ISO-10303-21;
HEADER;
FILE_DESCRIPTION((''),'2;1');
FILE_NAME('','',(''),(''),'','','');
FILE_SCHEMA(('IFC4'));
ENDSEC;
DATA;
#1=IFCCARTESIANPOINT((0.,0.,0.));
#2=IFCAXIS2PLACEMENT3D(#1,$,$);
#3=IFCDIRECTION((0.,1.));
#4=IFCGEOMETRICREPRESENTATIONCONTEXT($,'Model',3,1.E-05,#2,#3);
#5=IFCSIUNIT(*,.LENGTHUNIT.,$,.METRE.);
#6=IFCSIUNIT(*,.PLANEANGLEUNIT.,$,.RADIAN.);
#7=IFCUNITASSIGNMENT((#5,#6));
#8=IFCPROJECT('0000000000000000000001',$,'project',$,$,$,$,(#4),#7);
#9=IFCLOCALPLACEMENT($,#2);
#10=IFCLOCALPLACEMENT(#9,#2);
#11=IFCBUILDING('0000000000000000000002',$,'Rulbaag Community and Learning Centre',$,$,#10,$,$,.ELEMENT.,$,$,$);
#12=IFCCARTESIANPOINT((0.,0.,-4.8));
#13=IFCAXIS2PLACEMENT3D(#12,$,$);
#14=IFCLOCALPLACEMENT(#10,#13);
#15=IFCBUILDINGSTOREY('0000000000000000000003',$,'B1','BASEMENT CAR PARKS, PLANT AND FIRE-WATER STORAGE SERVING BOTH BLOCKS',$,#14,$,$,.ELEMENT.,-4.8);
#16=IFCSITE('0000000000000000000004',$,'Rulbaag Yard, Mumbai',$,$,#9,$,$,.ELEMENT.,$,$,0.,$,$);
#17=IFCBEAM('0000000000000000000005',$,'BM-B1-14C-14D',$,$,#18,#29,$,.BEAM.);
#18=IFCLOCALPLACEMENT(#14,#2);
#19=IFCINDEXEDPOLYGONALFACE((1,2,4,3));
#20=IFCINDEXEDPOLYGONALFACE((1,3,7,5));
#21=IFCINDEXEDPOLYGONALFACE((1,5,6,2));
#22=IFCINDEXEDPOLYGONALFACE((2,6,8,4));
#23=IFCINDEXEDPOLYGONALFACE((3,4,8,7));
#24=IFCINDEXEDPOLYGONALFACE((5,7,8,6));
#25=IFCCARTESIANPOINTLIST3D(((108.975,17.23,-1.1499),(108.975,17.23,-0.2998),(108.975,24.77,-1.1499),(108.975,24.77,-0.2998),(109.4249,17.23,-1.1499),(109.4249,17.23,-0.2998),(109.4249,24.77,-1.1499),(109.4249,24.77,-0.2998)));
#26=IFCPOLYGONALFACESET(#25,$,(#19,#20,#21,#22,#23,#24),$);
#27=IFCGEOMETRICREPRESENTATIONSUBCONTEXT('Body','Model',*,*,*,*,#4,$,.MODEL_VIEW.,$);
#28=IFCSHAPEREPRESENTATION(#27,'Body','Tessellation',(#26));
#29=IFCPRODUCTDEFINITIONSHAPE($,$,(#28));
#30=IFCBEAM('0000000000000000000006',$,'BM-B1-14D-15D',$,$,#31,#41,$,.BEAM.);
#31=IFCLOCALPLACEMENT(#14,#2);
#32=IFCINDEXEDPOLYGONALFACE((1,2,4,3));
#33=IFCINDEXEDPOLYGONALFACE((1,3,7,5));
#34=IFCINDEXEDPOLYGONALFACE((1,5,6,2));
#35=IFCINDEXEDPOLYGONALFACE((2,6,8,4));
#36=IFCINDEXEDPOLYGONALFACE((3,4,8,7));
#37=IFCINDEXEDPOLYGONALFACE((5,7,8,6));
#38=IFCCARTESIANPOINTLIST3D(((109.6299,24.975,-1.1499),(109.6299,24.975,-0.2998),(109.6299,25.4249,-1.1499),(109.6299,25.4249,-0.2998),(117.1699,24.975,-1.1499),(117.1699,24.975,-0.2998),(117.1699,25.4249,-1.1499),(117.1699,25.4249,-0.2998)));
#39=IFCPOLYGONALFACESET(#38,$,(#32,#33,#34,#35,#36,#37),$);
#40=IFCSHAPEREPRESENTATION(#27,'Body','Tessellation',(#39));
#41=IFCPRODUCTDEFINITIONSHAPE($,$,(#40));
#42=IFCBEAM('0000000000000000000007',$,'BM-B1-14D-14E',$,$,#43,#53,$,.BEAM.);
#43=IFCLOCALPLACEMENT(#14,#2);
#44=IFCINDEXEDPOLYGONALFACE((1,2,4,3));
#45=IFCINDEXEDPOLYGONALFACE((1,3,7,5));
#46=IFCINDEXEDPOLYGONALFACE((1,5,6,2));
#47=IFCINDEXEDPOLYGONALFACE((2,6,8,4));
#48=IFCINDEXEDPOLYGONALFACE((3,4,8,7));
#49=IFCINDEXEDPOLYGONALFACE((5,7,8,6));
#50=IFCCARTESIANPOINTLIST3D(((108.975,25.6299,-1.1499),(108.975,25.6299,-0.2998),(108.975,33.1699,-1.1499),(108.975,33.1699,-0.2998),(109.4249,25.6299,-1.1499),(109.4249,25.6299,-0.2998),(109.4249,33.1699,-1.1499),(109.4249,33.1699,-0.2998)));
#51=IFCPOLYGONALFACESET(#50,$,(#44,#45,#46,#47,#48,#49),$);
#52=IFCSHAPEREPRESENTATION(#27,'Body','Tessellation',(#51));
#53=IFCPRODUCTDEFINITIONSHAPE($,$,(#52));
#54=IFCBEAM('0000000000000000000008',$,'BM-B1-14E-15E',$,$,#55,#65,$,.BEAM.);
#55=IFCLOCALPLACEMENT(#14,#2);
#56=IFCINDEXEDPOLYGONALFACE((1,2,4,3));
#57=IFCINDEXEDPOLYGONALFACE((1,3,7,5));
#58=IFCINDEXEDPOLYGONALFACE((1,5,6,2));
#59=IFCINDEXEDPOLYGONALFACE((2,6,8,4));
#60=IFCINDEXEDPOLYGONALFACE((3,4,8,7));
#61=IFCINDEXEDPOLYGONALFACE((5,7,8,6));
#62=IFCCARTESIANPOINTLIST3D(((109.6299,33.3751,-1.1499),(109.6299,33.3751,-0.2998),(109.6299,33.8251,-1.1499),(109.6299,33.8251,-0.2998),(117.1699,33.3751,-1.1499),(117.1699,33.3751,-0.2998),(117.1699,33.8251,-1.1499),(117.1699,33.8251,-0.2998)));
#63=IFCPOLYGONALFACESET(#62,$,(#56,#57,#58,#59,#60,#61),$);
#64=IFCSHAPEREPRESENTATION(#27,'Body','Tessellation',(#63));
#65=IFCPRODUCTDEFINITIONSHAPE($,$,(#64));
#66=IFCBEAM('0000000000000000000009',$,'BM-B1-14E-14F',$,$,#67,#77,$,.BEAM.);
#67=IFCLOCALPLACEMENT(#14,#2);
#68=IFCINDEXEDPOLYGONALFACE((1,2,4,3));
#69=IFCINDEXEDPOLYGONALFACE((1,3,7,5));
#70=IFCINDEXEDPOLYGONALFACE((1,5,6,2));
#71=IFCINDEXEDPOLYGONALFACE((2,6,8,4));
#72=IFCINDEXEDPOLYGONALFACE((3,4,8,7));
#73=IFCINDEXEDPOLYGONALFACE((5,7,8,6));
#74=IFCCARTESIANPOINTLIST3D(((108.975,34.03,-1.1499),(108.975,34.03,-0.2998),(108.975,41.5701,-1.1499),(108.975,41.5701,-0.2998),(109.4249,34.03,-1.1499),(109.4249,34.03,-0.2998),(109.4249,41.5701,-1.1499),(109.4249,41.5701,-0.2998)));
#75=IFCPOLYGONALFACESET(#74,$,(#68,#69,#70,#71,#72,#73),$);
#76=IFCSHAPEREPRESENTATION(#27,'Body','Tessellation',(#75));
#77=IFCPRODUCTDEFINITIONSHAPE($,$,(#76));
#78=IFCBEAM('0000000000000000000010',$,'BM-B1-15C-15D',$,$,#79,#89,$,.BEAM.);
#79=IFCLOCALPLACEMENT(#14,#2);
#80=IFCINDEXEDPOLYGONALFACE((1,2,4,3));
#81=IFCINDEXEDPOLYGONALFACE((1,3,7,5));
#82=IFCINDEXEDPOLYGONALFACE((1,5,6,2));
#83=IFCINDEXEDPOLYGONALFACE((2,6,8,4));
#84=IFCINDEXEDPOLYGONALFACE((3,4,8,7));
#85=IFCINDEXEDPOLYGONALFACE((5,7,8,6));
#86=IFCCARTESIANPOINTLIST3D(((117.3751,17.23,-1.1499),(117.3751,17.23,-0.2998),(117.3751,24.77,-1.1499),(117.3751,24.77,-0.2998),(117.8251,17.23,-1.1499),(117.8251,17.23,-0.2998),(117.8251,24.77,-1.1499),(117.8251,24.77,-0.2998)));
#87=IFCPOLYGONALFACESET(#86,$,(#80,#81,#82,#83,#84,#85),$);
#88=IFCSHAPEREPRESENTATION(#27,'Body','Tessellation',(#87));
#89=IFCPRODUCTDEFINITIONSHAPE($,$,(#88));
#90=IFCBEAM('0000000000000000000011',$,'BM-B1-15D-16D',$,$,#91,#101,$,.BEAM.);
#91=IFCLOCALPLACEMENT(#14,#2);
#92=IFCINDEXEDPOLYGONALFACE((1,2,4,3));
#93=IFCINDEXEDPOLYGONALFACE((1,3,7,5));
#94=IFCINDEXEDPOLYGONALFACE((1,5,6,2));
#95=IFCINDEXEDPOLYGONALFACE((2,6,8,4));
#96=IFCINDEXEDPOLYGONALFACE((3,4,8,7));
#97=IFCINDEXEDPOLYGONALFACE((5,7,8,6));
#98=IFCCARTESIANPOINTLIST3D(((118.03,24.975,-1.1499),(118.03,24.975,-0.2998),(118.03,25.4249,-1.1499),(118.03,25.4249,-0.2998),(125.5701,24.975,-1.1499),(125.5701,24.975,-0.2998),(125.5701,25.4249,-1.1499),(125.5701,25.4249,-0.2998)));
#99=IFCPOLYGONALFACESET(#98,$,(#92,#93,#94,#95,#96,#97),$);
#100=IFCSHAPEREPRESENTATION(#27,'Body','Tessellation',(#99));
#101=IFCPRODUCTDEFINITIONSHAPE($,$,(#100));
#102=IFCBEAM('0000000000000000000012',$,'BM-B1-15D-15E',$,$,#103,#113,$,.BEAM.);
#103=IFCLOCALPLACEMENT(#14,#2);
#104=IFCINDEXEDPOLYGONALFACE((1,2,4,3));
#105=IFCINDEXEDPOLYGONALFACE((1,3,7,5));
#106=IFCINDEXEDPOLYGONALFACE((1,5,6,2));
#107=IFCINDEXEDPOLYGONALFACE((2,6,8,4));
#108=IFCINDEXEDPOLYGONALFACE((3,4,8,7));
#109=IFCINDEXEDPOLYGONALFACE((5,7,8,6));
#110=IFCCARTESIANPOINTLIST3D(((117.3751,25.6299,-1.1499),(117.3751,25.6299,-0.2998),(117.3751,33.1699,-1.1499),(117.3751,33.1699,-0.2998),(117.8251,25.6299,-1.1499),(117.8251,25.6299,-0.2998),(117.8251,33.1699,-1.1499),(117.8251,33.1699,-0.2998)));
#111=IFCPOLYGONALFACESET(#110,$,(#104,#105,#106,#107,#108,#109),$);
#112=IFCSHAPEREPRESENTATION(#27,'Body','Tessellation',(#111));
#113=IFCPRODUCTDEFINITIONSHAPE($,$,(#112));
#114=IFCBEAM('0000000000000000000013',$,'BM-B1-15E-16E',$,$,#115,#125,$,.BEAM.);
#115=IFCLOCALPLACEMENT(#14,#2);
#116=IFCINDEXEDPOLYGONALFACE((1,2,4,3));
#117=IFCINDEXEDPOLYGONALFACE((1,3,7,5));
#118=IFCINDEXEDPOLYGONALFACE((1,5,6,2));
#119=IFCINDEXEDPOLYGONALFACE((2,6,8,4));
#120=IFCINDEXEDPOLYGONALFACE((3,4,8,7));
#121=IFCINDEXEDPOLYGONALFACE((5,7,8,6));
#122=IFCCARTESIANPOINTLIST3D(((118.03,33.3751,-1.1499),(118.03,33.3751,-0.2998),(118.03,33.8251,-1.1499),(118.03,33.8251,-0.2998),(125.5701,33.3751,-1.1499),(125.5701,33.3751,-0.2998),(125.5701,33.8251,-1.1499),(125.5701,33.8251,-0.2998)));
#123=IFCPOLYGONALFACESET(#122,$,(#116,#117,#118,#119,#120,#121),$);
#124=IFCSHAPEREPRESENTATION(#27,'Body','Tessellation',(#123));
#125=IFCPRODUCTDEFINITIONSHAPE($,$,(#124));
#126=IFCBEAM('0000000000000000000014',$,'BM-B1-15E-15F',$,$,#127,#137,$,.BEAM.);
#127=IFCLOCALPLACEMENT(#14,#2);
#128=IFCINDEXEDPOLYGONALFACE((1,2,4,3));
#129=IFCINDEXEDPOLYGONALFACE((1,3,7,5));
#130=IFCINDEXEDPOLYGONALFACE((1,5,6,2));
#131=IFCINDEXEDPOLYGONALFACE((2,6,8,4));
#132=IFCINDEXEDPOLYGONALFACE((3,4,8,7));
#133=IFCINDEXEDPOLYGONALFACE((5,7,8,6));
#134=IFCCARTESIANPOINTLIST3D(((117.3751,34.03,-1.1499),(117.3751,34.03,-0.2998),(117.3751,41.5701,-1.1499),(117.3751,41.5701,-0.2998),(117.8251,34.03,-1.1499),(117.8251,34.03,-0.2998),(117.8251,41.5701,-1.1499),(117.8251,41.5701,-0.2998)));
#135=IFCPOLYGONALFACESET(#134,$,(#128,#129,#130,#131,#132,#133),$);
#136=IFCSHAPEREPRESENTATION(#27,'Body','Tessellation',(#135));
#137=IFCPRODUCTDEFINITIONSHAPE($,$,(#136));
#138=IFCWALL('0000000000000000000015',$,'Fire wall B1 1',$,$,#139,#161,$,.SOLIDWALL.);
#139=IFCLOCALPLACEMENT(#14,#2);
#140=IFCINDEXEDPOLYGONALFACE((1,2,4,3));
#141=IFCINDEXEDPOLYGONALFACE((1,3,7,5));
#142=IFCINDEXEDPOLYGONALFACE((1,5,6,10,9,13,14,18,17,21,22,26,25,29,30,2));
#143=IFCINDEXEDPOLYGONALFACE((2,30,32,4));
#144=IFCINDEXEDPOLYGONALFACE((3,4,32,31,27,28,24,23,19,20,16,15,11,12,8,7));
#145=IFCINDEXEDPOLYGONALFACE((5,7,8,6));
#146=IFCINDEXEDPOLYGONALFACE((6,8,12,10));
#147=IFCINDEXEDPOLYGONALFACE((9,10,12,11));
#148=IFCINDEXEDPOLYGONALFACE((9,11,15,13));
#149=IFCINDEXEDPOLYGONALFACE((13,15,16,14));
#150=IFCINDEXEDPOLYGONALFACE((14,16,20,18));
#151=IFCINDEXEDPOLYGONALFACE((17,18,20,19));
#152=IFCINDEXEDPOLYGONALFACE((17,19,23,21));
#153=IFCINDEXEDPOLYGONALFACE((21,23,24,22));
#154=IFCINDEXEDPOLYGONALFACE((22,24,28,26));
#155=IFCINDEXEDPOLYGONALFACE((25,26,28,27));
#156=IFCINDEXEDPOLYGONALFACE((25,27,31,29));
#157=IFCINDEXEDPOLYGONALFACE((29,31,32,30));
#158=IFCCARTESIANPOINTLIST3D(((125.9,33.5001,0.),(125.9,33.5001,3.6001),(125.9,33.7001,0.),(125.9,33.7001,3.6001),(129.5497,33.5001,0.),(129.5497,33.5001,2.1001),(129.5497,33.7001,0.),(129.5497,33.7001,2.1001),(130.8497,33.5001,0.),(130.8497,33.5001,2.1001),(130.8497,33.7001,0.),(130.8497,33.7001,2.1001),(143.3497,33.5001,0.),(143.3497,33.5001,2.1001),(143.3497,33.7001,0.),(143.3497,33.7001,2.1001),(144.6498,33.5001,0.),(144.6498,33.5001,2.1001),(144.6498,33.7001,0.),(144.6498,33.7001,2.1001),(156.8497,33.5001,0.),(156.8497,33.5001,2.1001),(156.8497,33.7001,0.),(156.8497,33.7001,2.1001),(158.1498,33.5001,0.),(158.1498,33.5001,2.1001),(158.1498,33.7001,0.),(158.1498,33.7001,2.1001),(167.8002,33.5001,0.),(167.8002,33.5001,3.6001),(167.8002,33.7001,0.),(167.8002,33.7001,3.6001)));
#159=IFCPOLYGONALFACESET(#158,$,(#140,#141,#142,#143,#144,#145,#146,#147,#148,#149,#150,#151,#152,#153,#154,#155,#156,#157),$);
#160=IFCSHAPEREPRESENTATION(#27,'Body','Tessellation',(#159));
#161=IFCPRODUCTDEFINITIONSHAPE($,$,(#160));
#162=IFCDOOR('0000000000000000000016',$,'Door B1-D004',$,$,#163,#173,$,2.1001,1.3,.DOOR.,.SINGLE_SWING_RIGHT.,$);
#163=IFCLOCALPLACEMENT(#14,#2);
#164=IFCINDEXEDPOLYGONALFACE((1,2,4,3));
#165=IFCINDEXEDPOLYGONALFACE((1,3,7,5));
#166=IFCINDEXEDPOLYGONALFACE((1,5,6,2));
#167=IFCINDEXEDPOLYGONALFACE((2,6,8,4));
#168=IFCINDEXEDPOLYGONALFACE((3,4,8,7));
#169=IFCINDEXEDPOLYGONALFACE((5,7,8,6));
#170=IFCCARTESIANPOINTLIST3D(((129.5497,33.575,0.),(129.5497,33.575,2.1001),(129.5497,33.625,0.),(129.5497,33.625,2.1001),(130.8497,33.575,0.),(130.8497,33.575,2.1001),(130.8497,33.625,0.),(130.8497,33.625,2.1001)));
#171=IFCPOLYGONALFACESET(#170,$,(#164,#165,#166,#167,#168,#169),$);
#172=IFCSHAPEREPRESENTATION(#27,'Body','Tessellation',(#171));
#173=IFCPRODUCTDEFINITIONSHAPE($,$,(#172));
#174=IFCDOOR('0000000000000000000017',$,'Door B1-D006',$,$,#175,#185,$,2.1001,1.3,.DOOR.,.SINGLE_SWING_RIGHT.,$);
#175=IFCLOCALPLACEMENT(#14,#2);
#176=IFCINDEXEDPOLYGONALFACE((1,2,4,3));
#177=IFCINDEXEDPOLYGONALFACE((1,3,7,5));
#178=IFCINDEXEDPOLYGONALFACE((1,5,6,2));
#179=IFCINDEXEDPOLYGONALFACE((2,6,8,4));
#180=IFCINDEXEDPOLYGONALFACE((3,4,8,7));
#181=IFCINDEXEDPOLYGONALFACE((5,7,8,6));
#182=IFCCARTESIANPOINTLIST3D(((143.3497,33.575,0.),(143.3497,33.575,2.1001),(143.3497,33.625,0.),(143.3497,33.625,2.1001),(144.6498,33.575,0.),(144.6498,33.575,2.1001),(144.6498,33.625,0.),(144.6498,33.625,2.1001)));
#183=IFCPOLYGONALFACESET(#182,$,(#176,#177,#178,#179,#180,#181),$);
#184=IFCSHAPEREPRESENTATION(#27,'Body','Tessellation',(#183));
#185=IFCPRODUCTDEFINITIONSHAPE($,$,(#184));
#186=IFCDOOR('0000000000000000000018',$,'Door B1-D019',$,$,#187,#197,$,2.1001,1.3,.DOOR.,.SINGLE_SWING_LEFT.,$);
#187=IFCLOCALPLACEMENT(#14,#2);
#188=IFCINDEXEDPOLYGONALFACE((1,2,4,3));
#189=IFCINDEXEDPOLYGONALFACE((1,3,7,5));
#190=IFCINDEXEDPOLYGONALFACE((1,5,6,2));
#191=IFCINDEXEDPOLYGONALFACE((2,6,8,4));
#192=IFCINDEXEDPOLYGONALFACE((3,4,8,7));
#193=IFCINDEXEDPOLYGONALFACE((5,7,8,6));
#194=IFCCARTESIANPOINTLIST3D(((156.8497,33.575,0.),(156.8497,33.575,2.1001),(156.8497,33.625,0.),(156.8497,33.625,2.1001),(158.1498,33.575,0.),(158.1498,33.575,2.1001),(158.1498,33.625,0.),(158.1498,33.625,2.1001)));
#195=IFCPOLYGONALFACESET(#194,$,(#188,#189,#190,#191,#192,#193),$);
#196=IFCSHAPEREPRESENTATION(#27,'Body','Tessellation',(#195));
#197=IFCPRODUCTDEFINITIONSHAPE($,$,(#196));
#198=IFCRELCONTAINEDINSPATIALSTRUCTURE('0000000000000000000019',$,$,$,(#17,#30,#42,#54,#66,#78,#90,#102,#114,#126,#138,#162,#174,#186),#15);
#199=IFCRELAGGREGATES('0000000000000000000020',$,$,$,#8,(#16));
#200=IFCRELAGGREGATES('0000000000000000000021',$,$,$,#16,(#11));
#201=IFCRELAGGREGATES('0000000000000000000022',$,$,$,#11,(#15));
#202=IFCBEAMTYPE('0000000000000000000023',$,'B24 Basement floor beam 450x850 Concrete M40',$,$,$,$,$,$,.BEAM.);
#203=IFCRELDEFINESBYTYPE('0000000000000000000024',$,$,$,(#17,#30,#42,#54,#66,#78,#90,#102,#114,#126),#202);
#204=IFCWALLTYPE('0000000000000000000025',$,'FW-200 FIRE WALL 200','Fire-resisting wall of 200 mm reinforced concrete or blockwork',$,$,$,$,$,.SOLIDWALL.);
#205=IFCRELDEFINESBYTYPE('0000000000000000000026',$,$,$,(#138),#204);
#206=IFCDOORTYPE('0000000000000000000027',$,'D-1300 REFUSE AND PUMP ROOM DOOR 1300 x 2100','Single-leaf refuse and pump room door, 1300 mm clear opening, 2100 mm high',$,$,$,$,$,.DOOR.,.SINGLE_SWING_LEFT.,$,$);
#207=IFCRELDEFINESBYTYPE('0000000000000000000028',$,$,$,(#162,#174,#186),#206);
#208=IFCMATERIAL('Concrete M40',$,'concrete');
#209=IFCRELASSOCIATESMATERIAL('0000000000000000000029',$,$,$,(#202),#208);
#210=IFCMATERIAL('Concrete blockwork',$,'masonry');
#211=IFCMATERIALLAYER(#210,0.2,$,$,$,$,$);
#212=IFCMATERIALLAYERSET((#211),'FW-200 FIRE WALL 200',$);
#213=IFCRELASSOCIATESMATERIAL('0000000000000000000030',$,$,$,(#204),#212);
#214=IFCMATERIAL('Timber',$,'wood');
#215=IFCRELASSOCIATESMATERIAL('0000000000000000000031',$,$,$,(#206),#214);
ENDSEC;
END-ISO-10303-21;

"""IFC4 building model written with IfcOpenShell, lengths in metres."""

from ifc_helpers import new_model, si_unit, direction, frame, frame_2d, origin, origin_2d, place, context, subcontext, project, spatial, rectangle, extrude, material, layer, layer_set, material_profile, profile_set, type_object, element, fill, save


model = new_model("IFC4")

# Units and contexts
model_context = context("Model", 3, precision=1e-05, world=origin(), true_north=direction((0.0, 1.0)))
body_context = subcontext(model_context, "Body", "Model", "MODEL_VIEW")
ifc_project = project(units=[si_unit("LENGTHUNIT", "METRE"), si_unit("PLANEANGLEUNIT", "RADIAN")], contexts=[model_context])

# Site, building, storey
site_placement = place(None, origin())
site = spatial("IfcSite", under=ifc_project, at=site_placement, Name="Rulbaag Yard, Mumbai", CompositionType="ELEMENT", RefElevation=0.0)
building_placement = place(site_placement, origin())
building = spatial("IfcBuilding", under=site, at=building_placement, Name="Rulbaag Community and Learning Centre", CompositionType="ELEMENT")
storey_placement = place(building_placement, frame((0.0, 0.0, -4.8)))
storey = spatial("IfcBuildingStorey", under=building, at=storey_placement, Name="B1", Description="BASEMENT CAR PARKS, PLANT AND FIRE-WATER STORAGE SERVING BOTH BLOCKS", CompositionType="ELEMENT", Elevation=-4.8)

# Beams
ifc_material_1 = material(Name="Concrete M40", Category="concrete")
ifc_material_profile_1 = material_profile(ifc_material_1, rectangle(XDim=0.45, YDim=0.8501, at=origin_2d()), Name="RB450x850")
ifc_profile_set_1 = profile_set([ifc_material_profile_1], Name="Concrete M40")
beam_type = type_object("IfcBeamType", Name="B24 Basement floor beam 450x850 Concrete M40", PredefinedType="BEAM", material=ifc_profile_set_1)
for number, where, z_axis, x_axis, name in (
    (1, (109.2, 17.23, -0.7249), (0.0, 1.0, 0.0), (-1.0, 0.0, 0.0), "BM-B1-14C-14D"),
    (2, (109.6299, 25.2, -0.7249), (1.0, 0.0, 0.0), (0.0, 1.0, 0.0), "BM-B1-14D-15D"),
    (3, (109.2, 25.6299, -0.7249), (0.0, 1.0, 0.0), (-1.0, 0.0, 0.0), "BM-B1-14D-14E"),
    (4, (109.6299, 33.6001, -0.7249), (1.0, 0.0, 0.0), (0.0, 1.0, 0.0), "BM-B1-14E-15E"),
    (5, (109.2, 34.03, -0.7249), (0.0, 1.0, 0.0), (-1.0, 0.0, 0.0), "BM-B1-14E-14F"),
    (6, (117.6001, 17.23, -0.7249), (0.0, 1.0, 0.0), (-1.0, 0.0, 0.0), "BM-B1-15C-15D"),
    (7, (118.03, 25.2, -0.7249), (1.0, 0.0, 0.0), (0.0, 1.0, 0.0), "BM-B1-15D-16D"),
    (8, (117.6001, 25.6299, -0.7249), (0.0, 1.0, 0.0), (-1.0, 0.0, 0.0), "BM-B1-15D-15E"),
    (9, (118.03, 33.6001, -0.7249), (1.0, 0.0, 0.0), (0.0, 1.0, 0.0), "BM-B1-15E-16E"),
    (10, (117.6001, 34.03, -0.7249), (0.0, 1.0, 0.0), (-1.0, 0.0, 0.0), "BM-B1-15E-15F"),
):
    element("IfcBeam", number, at=place(storey_placement, frame(where, z_axis=z_axis, x_axis=x_axis)), inside=storey, type_object=beam_type, Name=name, PredefinedType="BEAM", context=body_context, shape_type="SweptSolid", body=[
        extrude(rectangle(XDim=0.45, YDim=0.8501, at=origin_2d()), origin(), (0.0, 0.0, 1.0), 7.54),
    ])

# Wall, openings, doors
ifc_material_2 = material(Name="Concrete blockwork", Category="masonry")
ifc_layer = layer(ifc_material_2, 0.2)
ifc_layer_set = layer_set([ifc_layer], Name="FW-200 FIRE WALL 200")
wall_type = type_object("IfcWallType", Name="FW-200 FIRE WALL 200", Description="Fire-resisting wall of 200 mm reinforced concrete or blockwork", PredefinedType="SOLIDWALL", material=ifc_layer_set)
wall_placement = place(storey_placement, frame((125.8999, 33.6001, 0.0), z_axis=(0.0, 0.0, 1.0), x_axis=(1.0, 0.0, 0.0)))
wall = element("IfcWall", 11, at=wall_placement, inside=storey, type_object=wall_type, Name="Fire wall B1 1", PredefinedType="SOLIDWALL", context=body_context, shape_type="SweptSolid", body=[
    extrude(rectangle(XDim=41.9001, YDim=0.2, at=frame_2d((20.9502, 0.0))), origin(), (0.0, 0.0, 1.0), 3.6001),
])
opening_1_placement = place(wall_placement, frame((3.6499, 0.0, 0.0)))
opening_1 = element("IfcOpeningElement", 12, at=opening_1_placement, cuts=wall, PredefinedType="OPENING", context=body_context, shape_type="SweptSolid", body=[
    extrude(rectangle(XDim=1.3, YDim=2.1001, at=frame_2d((0.6499, 1.05))), frame((0.0, 0.1099, 0.0), z_axis=(0.0, -1.0, 0.0), x_axis=(1.0, 0.0, 0.0)), (0.0, 0.0, 1.0), 0.22),
])
opening_2_placement = place(wall_placement, frame((17.45, 0.0, 0.0)))
opening_2 = element("IfcOpeningElement", 13, at=opening_2_placement, cuts=wall, PredefinedType="OPENING", context=body_context, shape_type="SweptSolid", body=[
    extrude(rectangle(XDim=1.3, YDim=2.1001, at=frame_2d((0.6499, 1.05))), frame((0.0, 0.1099, 0.0), z_axis=(0.0, -1.0, 0.0), x_axis=(1.0, 0.0, 0.0)), (0.0, 0.0, 1.0), 0.22),
])
opening_3_placement = place(wall_placement, frame((30.95, 0.0, 0.0)))
opening_3 = element("IfcOpeningElement", 14, at=opening_3_placement, cuts=wall, PredefinedType="OPENING", context=body_context, shape_type="SweptSolid", body=[
    extrude(rectangle(XDim=1.3, YDim=2.1001, at=frame_2d((0.6499, 1.05))), frame((0.0, 0.1099, 0.0), z_axis=(0.0, -1.0, 0.0), x_axis=(1.0, 0.0, 0.0)), (0.0, 0.0, 1.0), 0.22),
])
ifc_material_3 = material(Name="Timber", Category="wood")
door_type = type_object("IfcDoorType", Name="D-1300 REFUSE AND PUMP ROOM DOOR 1300 x 2100", Description="Single-leaf refuse and pump room door, 1300 mm clear opening, 2100 mm high", OperationType="SINGLE_SWING_LEFT", PredefinedType="DOOR", material=ifc_material_3)
door_1_placement = place(opening_1_placement, origin())
door_1 = element("IfcDoor", 15, at=door_1_placement, inside=storey, type_object=door_type, Name="Door B1-D004", OperationType="SINGLE_SWING_RIGHT", OverallHeight=2.1001, OverallWidth=1.3, PredefinedType="DOOR", context=body_context, shape_type="SweptSolid", body=[
    extrude(rectangle(XDim=1.3, YDim=2.1001, at=frame_2d((0.6499, 1.05))), frame((0.0, 0.0249, 0.0), z_axis=(0.0, -1.0, 0.0), x_axis=(1.0, 0.0, 0.0)), (0.0, 0.0, 1.0), 0.05),
])
fill(opening_1, door_1)
door_2_placement = place(opening_2_placement, origin())
door_2 = element("IfcDoor", 16, at=door_2_placement, inside=storey, type_object=door_type, Name="Door B1-D006", OperationType="SINGLE_SWING_RIGHT", OverallHeight=2.1001, OverallWidth=1.3, PredefinedType="DOOR", context=body_context, shape_type="SweptSolid", body=[
    extrude(rectangle(XDim=1.3, YDim=2.1001, at=frame_2d((0.6499, 1.05))), frame((0.0, 0.0249, 0.0), z_axis=(0.0, -1.0, 0.0), x_axis=(1.0, 0.0, 0.0)), (0.0, 0.0, 1.0), 0.05),
])
fill(opening_2, door_2)
door_3_placement = place(opening_3_placement, origin())
door_3 = element("IfcDoor", 17, at=door_3_placement, inside=storey, type_object=door_type, Name="Door B1-D019", OperationType="SINGLE_SWING_LEFT", OverallHeight=2.1001, OverallWidth=1.3, PredefinedType="DOOR", context=body_context, shape_type="SweptSolid", body=[
    extrude(rectangle(XDim=1.3, YDim=2.1001, at=frame_2d((0.6499, 1.05))), frame((0.0, 0.0249, 0.0), z_axis=(0.0, -1.0, 0.0), x_axis=(1.0, 0.0, 0.0)), (0.0, 0.0, 1.0), 0.05),
])
fill(opening_3, door_3)

save(model, "model.ifc")
